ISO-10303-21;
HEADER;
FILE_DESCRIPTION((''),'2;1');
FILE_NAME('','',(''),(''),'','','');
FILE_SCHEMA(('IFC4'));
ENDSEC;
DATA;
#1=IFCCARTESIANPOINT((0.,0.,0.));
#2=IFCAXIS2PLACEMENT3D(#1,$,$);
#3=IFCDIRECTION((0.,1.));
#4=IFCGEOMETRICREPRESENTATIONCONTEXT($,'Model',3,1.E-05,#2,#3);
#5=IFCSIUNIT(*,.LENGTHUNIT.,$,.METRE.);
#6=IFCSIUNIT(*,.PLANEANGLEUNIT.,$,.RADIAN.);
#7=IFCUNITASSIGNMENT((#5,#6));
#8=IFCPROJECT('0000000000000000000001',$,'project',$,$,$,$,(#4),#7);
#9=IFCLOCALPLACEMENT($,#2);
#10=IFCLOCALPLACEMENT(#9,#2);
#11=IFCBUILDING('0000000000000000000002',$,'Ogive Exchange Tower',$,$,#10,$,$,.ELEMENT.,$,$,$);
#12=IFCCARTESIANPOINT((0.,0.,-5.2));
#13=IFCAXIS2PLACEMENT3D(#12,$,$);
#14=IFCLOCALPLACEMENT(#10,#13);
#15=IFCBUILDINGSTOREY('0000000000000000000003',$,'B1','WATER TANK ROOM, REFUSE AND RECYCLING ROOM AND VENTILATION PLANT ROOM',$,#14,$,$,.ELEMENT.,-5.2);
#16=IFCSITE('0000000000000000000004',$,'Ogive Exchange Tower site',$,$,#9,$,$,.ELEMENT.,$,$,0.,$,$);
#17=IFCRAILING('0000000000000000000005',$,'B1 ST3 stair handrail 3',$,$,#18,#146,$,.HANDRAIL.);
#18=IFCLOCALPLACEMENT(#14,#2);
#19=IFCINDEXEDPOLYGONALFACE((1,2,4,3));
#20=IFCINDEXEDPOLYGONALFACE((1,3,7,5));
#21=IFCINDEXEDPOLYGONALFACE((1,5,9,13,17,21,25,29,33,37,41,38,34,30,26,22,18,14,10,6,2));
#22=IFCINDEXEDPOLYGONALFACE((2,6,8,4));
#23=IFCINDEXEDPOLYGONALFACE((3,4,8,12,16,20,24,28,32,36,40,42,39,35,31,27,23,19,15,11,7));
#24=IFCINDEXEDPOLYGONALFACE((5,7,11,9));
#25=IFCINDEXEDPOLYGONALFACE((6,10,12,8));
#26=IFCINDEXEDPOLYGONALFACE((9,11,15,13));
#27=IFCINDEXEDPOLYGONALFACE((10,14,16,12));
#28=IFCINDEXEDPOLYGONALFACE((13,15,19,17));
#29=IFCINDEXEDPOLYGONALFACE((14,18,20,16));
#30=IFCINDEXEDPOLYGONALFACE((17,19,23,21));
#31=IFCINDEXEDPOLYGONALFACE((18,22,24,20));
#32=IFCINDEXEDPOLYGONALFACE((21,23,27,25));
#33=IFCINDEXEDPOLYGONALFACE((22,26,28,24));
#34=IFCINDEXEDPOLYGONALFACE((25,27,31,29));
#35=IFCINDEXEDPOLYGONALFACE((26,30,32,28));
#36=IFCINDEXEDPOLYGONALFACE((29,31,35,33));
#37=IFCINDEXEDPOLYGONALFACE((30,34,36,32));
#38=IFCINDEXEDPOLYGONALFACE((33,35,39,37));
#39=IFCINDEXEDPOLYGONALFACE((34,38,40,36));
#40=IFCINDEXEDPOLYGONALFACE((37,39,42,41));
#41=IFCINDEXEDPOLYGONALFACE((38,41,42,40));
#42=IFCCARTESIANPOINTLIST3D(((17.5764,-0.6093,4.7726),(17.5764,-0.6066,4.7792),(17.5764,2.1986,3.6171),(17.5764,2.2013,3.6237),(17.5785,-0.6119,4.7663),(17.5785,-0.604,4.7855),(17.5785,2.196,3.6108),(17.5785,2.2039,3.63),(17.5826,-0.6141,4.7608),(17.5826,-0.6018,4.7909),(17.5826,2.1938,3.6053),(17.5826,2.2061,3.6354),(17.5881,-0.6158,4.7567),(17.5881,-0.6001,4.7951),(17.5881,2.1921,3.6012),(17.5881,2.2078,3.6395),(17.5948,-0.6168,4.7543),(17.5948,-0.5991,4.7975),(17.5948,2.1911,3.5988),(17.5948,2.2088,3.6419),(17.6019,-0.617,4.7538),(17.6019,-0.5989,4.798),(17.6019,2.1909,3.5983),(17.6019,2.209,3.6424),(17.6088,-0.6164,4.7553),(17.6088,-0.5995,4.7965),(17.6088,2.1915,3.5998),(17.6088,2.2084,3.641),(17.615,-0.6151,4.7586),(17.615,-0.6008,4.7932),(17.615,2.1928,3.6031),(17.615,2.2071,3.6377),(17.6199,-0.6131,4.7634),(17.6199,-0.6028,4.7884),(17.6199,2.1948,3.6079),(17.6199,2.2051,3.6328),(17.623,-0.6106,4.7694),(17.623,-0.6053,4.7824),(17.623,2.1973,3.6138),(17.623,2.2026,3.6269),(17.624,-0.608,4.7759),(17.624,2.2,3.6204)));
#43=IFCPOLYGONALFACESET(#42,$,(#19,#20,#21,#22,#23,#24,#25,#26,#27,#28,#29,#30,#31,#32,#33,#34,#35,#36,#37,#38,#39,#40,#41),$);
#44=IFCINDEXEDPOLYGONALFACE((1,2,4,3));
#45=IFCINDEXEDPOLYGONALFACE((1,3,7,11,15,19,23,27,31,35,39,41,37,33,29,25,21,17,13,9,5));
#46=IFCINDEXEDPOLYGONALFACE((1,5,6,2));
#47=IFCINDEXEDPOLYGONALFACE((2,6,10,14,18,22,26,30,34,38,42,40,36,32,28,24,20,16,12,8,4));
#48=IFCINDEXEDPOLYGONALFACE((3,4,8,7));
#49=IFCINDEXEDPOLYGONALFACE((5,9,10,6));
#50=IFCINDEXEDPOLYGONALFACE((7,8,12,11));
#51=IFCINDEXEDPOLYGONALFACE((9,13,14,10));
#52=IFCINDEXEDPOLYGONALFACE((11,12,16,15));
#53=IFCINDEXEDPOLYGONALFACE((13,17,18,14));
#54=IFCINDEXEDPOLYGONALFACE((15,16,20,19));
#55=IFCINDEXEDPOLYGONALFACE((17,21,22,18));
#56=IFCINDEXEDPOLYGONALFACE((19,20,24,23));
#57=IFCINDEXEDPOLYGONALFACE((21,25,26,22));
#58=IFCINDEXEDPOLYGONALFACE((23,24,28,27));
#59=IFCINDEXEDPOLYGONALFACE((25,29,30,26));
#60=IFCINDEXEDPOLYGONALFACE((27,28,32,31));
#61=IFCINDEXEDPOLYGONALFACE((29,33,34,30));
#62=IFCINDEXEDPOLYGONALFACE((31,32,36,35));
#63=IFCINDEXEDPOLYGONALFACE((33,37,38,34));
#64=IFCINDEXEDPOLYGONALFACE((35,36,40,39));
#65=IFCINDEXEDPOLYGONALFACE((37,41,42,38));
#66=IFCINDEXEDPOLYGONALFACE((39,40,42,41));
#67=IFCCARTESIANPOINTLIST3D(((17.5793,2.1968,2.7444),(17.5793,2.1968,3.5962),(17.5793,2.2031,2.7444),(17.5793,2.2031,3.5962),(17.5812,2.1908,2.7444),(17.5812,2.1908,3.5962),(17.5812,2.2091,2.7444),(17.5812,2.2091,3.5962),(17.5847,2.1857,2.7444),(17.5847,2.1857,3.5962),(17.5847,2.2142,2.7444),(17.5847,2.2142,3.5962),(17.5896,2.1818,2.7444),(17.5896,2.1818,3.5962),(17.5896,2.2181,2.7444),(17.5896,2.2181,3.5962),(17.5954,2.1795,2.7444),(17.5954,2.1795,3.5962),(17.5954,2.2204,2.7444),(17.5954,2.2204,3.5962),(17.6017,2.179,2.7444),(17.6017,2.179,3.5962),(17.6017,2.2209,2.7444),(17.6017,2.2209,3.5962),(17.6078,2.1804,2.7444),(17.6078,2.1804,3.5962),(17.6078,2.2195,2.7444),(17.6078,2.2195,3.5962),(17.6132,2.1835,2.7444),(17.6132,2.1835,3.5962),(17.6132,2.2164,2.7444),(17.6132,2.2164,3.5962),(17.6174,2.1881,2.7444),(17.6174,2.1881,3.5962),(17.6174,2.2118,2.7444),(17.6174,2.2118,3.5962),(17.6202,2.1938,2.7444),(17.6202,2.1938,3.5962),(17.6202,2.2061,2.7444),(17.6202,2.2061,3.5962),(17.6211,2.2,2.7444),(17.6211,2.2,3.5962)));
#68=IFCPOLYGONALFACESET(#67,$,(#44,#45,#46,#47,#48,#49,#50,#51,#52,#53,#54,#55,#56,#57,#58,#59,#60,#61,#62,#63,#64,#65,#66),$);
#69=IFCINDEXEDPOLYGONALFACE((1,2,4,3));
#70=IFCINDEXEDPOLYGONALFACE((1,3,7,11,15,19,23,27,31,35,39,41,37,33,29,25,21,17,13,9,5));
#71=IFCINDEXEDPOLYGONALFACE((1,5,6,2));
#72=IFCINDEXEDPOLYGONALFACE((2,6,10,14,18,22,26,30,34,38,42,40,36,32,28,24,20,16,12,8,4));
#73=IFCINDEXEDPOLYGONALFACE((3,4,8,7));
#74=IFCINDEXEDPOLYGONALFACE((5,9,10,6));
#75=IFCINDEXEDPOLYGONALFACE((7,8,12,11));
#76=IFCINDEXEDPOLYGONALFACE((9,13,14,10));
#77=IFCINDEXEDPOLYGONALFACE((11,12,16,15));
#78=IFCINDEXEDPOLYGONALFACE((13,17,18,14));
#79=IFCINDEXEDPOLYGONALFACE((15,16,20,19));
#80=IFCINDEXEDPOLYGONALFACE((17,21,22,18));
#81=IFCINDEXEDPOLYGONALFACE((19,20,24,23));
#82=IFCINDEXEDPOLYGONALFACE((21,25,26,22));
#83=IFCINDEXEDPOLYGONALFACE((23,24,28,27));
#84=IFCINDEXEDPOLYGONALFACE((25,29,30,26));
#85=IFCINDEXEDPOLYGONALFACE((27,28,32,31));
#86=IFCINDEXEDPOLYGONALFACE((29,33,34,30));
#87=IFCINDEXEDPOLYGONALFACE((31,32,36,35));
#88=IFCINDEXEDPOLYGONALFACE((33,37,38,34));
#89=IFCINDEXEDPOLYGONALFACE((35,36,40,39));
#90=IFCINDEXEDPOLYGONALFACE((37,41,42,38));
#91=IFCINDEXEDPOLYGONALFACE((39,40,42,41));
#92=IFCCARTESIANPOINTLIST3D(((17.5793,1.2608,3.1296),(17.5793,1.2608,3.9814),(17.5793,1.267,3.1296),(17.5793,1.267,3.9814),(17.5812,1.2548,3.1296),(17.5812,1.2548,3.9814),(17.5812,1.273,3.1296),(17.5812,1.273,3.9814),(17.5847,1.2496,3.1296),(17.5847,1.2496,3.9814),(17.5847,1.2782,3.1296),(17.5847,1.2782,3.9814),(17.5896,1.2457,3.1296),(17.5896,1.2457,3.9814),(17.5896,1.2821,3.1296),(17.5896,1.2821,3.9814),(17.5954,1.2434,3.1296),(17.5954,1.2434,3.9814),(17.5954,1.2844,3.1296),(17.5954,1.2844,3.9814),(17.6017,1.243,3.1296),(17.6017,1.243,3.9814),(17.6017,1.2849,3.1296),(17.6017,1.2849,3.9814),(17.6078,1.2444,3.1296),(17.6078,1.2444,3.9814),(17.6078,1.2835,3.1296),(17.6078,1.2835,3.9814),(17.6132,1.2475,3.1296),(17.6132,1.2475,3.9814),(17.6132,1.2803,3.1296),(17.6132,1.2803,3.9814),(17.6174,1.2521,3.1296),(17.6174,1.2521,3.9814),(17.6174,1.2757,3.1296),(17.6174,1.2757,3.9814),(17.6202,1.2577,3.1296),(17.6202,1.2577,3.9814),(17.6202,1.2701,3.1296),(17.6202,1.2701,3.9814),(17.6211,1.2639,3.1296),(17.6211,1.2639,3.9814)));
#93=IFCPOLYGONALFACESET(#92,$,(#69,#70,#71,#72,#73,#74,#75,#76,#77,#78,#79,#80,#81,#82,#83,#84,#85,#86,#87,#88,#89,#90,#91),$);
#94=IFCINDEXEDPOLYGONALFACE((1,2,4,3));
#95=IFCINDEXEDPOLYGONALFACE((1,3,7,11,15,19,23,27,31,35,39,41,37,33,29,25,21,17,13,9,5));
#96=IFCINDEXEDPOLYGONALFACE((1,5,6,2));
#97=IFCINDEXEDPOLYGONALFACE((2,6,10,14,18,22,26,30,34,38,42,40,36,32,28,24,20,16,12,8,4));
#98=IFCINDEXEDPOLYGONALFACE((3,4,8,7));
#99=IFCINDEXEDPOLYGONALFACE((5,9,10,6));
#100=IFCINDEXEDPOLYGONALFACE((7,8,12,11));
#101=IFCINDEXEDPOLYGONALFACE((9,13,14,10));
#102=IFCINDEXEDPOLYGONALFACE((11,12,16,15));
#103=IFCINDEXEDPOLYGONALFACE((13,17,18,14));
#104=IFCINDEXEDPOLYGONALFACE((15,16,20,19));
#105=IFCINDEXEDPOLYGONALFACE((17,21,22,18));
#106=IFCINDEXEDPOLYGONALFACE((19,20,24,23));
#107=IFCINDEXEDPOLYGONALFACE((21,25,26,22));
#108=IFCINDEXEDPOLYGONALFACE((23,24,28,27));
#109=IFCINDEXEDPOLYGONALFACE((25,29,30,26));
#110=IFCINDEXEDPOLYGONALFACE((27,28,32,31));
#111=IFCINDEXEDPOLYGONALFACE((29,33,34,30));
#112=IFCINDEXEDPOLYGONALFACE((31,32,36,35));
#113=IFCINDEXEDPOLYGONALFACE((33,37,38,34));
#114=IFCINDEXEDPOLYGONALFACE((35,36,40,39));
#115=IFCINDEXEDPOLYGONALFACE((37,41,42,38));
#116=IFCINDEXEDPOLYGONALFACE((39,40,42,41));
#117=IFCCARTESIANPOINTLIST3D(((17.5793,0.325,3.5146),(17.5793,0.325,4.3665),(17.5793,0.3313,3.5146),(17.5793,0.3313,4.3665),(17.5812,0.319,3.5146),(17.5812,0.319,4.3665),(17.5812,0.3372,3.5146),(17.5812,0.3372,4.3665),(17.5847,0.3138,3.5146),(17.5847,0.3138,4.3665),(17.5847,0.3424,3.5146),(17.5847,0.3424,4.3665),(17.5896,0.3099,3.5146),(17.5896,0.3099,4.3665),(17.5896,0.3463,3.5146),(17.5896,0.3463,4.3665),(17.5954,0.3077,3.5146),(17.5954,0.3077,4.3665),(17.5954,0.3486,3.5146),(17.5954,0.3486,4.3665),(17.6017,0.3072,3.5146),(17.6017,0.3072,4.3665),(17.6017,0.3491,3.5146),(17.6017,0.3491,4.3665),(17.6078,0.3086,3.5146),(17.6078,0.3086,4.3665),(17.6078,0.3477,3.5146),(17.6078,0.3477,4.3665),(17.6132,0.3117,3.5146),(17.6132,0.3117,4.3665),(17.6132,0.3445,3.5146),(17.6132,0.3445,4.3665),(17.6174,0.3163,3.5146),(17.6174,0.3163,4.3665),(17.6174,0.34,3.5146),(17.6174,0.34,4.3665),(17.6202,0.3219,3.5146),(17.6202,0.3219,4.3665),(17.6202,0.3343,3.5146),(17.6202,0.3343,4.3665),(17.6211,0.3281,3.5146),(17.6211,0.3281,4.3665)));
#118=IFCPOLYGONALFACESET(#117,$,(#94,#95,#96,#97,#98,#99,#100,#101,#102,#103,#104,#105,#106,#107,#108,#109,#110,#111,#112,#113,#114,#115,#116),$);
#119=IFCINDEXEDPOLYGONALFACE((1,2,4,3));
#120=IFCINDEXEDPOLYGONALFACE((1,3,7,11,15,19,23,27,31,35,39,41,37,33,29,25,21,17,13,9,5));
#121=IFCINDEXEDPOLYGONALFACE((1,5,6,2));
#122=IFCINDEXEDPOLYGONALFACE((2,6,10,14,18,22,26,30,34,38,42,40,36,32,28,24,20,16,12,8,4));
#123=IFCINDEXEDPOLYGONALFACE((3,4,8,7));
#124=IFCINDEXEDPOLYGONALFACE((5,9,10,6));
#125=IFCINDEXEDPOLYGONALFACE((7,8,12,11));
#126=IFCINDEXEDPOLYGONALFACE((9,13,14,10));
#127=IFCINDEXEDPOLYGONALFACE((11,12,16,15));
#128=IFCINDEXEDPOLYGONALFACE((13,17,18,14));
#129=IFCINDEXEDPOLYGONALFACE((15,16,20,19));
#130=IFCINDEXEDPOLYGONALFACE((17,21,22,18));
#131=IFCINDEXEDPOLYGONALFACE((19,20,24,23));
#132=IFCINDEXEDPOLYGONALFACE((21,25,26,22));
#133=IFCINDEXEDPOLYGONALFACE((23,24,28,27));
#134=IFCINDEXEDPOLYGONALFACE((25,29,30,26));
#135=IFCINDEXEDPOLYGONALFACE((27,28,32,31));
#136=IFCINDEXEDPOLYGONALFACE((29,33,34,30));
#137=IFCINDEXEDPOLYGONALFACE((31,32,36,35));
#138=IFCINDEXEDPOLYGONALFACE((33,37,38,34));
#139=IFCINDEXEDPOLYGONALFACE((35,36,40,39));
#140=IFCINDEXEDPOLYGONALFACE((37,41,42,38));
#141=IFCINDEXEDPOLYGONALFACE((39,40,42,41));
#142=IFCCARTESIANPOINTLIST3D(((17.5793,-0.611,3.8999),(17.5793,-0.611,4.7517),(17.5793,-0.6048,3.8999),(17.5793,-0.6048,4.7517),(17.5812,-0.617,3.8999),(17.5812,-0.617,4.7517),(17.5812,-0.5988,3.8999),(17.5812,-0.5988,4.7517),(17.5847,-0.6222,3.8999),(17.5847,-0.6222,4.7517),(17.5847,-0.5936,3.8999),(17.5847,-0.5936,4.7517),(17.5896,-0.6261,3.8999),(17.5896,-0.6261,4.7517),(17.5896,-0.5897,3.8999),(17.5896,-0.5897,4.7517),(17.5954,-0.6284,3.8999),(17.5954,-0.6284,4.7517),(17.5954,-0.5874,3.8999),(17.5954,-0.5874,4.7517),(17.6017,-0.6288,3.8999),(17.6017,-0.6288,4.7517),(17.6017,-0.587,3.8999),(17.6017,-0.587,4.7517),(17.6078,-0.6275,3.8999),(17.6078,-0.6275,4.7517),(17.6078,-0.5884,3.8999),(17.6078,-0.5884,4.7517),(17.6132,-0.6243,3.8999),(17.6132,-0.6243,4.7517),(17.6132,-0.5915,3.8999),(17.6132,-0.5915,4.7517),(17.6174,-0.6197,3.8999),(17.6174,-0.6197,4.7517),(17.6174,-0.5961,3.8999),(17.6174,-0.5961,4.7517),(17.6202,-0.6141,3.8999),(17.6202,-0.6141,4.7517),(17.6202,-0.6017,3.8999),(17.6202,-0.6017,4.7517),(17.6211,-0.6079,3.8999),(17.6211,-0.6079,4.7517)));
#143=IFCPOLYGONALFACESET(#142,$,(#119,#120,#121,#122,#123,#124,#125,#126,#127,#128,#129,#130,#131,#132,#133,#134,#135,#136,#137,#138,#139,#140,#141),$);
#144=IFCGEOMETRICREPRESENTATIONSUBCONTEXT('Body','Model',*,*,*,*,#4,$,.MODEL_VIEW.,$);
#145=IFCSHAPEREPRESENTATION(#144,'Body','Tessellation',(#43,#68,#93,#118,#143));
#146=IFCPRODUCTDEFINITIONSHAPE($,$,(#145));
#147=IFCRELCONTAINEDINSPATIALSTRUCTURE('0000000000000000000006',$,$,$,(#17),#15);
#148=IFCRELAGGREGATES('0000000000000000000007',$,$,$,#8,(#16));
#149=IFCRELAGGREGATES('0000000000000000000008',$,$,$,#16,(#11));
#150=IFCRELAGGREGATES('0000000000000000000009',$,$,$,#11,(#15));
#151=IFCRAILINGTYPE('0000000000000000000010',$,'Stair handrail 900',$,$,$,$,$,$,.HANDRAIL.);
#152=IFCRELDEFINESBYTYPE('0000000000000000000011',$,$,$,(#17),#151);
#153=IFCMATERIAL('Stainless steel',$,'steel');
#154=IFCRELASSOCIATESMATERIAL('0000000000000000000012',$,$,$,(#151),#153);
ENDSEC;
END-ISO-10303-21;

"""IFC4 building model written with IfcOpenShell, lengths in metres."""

from ifc_helpers import new_model, si_unit, direction, frame, origin, origin_2d, place, context, subcontext, project, spatial, circle, extrude, material, type_object, element, save


model = new_model("IFC4")

# Units and contexts
model_context = context("Model", 3, precision=1e-05, world=origin(), true_north=direction((0.0, 1.0)))
body_context = subcontext(model_context, "Body", "Model", "MODEL_VIEW")
ifc_project = project(units=[si_unit("LENGTHUNIT", "METRE"), si_unit("PLANEANGLEUNIT", "RADIAN")], contexts=[model_context])

# Site, building, storey
site_placement = place(None, origin())
site = spatial("IfcSite", under=ifc_project, at=site_placement, Name="Ogive Exchange Tower site", CompositionType="ELEMENT", RefElevation=0.0)
building_placement = place(site_placement, origin())
building = spatial("IfcBuilding", under=site, at=building_placement, Name="Ogive Exchange Tower", CompositionType="ELEMENT")
storey_placement = place(building_placement, frame((0.0, 0.0, -5.2)))
storey = spatial("IfcBuildingStorey", under=building, at=storey_placement, Name="B1", Description="WATER TANK ROOM, REFUSE AND RECYCLING ROOM AND VENTILATION PLANT ROOM", CompositionType="ELEMENT", Elevation=-5.2)

# Shared definitions
ifc_material_1 = material(Name="Stainless steel", Category="steel")

# Railing
railing_type = type_object("IfcRailingType", Name="Stair handrail 900", PredefinedType="HANDRAIL", material=ifc_material_1)
railing_1_placement = place(storey_placement, frame((17.6001, 2.2, 2.7444)))
element("IfcRailing", 1, at=railing_1_placement, inside=storey, type_object=railing_type, Name="B1 ST3 stair handrail 3", PredefinedType="HANDRAIL", context=body_context, shape_type="SweptSolid", body=[
    extrude(circle(Radius=0.0239, at=origin_2d()), frame((0.0, 0.0, 0.876), z_axis=(0.0, -0.924755, 0.380564), x_axis=(1.0, 0.0, 0.0)), (0.0, 0.0, 1.0), 3.0364),
    extrude(circle(Radius=0.021, at=origin_2d()), origin(), (0.0, 0.0, 1.0), 0.8518),
    extrude(circle(Radius=0.021, at=origin_2d()), frame((0.0, -0.936, 0.3853)), (0.0, 0.0, 1.0), 0.8518),
    extrude(circle(Radius=0.021, at=origin_2d()), frame((0.0, -1.8718, 0.7703)), (0.0, 0.0, 1.0), 0.8518),
    extrude(circle(Radius=0.021, at=origin_2d()), frame((0.0, -2.8079, 1.1555)), (0.0, 0.0, 1.0), 0.8518),
])

save(model, "model.ifc")
